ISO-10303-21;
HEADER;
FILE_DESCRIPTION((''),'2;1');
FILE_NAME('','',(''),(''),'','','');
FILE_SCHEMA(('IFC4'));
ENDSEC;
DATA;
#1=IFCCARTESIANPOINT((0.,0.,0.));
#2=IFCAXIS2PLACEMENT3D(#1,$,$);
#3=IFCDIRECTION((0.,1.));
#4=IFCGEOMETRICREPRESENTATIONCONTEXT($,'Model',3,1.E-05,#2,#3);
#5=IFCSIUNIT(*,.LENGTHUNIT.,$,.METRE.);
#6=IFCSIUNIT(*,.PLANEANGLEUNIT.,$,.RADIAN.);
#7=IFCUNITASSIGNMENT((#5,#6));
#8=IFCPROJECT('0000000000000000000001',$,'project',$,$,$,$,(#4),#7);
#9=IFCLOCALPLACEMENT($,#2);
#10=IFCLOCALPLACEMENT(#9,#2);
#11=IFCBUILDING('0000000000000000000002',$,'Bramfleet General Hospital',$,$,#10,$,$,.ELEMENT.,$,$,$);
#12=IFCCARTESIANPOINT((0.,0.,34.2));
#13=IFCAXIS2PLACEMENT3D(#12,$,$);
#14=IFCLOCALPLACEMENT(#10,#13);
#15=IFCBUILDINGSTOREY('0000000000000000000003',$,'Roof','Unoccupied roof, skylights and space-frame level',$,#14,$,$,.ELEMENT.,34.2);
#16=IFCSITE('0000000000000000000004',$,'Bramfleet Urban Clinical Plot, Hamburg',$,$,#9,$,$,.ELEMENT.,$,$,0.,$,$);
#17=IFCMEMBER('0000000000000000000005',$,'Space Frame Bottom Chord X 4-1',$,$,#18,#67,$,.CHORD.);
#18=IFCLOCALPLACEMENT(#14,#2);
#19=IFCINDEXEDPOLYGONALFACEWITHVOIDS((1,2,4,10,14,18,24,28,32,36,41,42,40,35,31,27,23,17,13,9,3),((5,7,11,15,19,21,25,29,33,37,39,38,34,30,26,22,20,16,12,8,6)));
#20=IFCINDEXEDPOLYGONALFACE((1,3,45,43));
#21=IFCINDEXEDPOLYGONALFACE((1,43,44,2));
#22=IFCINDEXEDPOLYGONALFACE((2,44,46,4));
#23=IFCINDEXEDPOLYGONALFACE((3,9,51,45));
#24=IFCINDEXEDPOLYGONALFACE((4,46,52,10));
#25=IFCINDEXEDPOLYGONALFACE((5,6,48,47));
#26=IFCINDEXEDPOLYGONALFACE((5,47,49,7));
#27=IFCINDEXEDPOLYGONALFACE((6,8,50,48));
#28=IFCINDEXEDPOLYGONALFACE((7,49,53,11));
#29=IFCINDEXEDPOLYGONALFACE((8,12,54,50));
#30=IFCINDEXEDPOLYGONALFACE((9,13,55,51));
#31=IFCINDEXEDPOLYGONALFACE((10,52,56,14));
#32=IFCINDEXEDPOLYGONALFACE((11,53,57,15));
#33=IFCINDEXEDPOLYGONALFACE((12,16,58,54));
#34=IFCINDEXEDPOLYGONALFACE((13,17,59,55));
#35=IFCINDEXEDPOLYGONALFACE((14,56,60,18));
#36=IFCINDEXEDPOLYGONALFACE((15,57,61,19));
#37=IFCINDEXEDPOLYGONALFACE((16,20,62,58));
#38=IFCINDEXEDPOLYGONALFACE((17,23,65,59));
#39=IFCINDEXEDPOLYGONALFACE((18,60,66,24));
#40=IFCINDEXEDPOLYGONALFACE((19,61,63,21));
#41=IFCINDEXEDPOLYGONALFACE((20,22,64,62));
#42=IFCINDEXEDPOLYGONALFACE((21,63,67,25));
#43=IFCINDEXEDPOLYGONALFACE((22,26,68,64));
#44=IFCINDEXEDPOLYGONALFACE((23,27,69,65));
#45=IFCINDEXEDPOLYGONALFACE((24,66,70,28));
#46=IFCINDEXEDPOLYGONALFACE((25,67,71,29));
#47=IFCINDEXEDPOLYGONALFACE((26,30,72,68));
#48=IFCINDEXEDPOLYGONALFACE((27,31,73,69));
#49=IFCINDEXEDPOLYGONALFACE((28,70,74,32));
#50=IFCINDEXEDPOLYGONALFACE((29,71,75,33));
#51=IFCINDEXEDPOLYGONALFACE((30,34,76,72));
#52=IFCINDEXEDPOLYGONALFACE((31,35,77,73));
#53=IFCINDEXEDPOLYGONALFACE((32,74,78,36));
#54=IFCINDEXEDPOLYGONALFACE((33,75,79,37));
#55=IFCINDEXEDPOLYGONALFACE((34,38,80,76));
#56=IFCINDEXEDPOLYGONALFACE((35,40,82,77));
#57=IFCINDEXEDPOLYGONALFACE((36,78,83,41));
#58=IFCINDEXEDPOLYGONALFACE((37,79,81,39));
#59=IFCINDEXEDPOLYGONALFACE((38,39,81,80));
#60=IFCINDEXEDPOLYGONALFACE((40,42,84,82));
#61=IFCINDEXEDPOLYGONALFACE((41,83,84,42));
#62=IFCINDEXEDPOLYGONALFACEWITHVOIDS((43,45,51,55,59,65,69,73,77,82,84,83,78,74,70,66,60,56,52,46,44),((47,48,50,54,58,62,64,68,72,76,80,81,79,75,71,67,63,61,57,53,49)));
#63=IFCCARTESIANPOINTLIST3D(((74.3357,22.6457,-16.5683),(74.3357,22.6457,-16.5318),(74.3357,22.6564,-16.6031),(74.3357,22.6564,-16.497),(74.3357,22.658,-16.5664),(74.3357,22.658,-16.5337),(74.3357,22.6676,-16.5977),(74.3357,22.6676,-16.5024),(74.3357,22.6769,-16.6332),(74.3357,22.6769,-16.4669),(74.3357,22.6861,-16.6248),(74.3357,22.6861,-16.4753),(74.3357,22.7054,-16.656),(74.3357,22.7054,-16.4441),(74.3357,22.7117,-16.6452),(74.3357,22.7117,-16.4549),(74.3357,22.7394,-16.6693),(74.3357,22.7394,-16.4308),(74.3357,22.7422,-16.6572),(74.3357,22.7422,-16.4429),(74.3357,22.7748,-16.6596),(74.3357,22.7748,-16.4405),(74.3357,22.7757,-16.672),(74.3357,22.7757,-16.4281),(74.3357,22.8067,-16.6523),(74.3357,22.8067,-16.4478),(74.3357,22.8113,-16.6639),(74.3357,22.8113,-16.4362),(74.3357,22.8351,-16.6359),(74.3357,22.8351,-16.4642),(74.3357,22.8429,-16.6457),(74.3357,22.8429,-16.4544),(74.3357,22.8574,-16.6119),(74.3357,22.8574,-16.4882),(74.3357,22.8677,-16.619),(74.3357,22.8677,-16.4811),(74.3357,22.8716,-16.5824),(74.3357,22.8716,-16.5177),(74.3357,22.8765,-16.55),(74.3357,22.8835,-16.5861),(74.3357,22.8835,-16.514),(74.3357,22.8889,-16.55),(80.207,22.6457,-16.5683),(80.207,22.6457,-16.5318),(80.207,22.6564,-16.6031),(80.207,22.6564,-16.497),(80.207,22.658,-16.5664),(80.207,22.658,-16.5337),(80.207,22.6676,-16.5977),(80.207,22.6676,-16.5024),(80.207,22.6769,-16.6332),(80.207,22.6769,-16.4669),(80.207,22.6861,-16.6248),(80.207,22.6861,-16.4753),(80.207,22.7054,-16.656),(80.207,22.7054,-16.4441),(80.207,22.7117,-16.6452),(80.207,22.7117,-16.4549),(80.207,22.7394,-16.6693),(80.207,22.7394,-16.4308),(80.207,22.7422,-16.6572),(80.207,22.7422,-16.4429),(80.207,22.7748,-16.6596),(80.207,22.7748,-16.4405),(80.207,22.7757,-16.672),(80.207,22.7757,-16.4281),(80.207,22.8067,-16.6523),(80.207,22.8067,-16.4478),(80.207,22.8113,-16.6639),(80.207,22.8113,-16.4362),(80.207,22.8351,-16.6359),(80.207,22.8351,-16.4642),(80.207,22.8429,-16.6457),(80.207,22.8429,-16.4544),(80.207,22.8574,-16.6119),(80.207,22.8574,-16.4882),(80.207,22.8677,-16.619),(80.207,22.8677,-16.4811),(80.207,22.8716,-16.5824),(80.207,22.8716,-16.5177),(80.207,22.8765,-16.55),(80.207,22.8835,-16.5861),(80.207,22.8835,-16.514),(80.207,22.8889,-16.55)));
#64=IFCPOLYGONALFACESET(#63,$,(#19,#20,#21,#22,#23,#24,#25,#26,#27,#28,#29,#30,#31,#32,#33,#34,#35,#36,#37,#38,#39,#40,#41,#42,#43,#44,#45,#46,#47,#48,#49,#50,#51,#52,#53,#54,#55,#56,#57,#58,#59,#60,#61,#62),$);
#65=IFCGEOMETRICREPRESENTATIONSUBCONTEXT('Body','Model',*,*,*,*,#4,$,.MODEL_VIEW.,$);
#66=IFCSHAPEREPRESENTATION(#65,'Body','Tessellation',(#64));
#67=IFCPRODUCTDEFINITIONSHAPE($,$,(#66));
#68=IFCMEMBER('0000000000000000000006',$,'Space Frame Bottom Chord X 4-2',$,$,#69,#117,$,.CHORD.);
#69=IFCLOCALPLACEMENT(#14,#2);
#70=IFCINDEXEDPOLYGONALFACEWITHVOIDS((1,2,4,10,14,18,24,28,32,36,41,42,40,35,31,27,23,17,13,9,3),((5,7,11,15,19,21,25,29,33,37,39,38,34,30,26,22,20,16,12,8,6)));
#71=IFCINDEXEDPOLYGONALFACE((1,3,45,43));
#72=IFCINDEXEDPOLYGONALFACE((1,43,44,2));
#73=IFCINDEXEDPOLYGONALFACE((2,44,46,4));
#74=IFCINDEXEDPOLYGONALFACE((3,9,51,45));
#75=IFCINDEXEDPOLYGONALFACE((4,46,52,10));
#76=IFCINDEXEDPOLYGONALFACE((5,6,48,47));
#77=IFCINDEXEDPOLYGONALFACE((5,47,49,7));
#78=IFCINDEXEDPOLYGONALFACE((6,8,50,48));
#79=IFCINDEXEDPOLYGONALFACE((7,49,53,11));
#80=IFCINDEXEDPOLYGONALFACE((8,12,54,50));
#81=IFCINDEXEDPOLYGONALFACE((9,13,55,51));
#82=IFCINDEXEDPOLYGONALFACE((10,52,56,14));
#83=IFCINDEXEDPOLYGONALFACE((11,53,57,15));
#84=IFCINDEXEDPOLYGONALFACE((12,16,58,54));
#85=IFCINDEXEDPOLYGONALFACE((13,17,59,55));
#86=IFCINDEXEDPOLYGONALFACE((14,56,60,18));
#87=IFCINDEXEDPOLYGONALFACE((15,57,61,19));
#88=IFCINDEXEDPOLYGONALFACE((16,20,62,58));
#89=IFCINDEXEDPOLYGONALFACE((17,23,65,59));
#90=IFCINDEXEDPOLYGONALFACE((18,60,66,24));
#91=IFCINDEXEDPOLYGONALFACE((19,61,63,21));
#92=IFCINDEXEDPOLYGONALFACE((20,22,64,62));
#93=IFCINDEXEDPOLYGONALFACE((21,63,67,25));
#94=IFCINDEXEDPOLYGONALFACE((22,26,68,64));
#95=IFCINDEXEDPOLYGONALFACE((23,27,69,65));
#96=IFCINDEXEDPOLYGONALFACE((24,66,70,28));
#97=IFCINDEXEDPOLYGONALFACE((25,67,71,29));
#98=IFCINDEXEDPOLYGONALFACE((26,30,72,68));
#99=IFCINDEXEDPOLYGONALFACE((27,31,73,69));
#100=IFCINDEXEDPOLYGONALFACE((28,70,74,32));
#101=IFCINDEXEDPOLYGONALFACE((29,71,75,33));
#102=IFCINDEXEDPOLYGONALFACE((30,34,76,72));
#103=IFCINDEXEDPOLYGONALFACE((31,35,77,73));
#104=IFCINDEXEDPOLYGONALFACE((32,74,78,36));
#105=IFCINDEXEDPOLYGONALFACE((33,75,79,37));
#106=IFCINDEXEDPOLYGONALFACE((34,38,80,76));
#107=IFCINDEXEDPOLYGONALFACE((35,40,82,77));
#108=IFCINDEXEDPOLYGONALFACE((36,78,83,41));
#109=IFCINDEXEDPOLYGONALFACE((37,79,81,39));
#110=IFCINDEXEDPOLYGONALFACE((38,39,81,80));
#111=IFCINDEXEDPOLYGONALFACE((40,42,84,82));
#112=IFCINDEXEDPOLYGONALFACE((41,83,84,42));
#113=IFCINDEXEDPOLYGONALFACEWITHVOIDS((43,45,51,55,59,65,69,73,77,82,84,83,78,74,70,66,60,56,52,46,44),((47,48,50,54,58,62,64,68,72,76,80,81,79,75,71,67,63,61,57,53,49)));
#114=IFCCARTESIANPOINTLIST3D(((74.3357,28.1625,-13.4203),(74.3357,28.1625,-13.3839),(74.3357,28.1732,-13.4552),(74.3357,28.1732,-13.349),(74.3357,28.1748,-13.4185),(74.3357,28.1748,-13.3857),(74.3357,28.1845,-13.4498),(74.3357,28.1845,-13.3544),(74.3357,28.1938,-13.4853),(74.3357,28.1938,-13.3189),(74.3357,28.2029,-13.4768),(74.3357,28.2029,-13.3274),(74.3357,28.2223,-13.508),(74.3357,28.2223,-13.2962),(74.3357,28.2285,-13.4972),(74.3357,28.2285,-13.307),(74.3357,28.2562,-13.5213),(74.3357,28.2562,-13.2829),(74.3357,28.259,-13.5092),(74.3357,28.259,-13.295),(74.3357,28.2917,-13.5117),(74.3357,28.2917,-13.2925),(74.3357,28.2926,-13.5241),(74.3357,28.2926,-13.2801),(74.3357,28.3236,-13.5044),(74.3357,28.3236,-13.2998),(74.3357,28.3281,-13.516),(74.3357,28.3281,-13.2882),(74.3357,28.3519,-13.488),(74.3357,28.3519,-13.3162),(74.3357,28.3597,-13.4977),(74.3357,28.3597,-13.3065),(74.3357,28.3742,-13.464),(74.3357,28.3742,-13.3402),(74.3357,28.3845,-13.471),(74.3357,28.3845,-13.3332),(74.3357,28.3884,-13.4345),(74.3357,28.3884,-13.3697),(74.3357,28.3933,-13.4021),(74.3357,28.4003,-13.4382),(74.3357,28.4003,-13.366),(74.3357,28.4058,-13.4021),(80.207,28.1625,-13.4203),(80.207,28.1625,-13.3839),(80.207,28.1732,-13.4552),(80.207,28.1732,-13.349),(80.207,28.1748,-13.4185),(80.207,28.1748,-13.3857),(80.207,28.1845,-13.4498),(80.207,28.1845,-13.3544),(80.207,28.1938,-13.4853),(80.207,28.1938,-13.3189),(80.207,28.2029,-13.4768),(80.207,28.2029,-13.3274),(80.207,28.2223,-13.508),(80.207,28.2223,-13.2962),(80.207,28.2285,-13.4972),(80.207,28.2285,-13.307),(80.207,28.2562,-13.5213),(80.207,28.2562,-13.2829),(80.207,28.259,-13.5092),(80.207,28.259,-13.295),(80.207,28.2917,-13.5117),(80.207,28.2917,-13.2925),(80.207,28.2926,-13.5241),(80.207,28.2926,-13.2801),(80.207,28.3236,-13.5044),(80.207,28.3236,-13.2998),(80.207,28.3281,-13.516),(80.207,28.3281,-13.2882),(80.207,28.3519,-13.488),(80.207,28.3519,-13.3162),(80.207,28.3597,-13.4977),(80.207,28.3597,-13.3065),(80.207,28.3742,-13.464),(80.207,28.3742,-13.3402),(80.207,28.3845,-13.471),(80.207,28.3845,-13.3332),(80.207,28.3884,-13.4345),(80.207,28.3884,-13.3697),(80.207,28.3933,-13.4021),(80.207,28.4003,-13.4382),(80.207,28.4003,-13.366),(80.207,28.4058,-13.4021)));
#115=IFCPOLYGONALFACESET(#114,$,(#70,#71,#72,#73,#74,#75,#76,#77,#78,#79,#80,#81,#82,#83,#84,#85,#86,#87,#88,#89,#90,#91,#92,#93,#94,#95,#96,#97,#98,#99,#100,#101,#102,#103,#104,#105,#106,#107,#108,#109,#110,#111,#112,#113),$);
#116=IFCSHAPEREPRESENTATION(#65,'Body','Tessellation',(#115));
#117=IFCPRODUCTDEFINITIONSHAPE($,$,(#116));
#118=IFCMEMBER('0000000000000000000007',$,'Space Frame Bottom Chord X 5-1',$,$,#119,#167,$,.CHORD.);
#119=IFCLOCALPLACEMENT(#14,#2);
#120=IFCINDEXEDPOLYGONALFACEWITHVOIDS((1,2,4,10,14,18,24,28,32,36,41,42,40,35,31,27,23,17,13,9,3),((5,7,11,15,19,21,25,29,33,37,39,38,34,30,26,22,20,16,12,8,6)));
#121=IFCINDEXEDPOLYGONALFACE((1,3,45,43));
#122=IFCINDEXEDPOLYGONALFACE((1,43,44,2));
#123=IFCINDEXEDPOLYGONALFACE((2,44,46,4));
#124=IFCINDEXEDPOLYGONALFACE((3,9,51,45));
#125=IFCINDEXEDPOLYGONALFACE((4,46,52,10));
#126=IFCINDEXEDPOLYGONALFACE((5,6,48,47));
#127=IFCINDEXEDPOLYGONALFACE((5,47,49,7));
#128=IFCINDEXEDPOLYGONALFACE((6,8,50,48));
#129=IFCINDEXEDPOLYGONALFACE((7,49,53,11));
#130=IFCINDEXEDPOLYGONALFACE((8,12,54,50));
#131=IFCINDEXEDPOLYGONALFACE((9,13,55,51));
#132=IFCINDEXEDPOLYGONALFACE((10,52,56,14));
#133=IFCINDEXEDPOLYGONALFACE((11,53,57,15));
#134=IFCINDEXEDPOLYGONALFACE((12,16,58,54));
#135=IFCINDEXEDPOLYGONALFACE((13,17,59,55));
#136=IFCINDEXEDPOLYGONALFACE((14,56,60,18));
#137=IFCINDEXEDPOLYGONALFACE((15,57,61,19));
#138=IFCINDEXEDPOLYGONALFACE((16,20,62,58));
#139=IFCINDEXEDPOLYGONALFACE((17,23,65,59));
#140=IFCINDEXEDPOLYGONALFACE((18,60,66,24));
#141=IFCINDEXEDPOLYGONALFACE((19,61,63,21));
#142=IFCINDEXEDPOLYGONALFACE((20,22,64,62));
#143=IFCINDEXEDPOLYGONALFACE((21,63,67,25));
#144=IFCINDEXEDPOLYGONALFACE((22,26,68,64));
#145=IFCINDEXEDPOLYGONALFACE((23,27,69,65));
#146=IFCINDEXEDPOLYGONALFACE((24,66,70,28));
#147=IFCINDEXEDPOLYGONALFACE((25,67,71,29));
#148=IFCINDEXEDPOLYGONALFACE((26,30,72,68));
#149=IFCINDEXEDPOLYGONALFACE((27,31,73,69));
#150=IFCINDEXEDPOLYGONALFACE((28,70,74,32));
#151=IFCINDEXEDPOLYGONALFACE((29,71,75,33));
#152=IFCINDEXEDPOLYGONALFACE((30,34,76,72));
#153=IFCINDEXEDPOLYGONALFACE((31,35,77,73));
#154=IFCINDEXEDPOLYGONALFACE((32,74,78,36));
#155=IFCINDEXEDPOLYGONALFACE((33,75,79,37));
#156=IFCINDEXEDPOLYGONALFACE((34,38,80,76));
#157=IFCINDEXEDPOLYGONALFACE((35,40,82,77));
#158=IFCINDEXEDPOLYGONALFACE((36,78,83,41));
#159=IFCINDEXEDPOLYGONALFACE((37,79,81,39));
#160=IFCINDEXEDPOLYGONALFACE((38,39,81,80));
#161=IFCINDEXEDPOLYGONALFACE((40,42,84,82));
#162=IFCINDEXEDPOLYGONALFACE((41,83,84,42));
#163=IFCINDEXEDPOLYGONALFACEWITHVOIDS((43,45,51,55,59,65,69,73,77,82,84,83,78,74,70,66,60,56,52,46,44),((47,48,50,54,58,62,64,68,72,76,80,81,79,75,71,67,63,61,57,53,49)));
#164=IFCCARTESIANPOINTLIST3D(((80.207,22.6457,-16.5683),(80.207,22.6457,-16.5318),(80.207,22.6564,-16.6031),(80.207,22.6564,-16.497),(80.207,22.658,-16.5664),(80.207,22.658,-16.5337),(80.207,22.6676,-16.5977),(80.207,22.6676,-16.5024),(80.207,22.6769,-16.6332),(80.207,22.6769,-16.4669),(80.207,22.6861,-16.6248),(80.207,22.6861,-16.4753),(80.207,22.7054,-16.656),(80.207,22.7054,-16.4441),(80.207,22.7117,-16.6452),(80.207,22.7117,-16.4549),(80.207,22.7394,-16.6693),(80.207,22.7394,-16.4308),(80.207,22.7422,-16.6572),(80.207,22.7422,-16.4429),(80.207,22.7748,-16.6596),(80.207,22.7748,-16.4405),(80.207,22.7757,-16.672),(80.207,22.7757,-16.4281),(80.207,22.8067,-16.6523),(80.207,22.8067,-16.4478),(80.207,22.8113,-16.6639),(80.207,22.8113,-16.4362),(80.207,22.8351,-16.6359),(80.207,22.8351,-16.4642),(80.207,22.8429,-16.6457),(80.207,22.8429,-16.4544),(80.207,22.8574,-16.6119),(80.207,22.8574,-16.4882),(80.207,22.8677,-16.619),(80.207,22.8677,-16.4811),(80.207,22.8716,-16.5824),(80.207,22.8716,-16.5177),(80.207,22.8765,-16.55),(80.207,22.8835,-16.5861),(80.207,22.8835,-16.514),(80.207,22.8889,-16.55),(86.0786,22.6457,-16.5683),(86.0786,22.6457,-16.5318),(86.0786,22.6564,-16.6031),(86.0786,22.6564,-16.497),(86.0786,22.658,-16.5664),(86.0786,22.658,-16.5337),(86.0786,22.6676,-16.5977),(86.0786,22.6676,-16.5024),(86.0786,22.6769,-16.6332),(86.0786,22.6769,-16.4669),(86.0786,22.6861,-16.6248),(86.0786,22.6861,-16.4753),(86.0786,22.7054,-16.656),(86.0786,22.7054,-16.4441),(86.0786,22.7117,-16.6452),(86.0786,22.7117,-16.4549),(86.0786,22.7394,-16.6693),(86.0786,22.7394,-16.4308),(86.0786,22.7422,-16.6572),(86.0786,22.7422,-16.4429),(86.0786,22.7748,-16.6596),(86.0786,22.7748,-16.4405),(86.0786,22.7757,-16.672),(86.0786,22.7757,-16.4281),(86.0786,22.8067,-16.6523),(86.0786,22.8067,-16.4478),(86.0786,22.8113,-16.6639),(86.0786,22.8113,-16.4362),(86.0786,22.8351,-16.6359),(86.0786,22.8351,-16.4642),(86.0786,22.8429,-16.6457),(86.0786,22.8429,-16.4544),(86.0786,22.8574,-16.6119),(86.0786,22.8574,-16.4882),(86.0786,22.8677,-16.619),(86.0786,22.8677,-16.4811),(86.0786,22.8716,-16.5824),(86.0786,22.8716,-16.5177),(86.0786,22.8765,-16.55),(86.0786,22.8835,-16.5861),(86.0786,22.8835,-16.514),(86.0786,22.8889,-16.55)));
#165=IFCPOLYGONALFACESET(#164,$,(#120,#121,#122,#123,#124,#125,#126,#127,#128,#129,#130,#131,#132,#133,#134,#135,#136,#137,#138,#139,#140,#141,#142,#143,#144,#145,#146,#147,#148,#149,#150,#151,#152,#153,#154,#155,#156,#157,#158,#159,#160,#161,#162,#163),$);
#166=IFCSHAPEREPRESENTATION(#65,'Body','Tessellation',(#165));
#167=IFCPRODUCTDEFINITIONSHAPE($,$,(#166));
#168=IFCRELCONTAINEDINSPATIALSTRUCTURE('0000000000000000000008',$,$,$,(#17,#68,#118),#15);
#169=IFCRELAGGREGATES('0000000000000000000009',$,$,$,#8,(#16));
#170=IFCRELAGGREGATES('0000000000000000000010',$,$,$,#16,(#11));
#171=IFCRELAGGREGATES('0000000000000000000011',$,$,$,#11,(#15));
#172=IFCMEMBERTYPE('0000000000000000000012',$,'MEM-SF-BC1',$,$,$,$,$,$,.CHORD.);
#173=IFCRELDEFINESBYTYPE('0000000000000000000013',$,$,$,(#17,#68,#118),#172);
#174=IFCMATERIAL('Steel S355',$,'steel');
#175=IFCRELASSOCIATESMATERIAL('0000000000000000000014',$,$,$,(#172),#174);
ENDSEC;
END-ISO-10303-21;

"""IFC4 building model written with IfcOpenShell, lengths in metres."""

from ifc_helpers import new_model, si_unit, direction, frame, origin, origin_2d, place, context, subcontext, project, spatial, hollow_circle, extrude, material, material_profile, profile_set, type_object, element, save


model = new_model("IFC4")

# Units and contexts
model_context = context("Model", 3, precision=1e-05, world=origin(), true_north=direction((0.0, 1.0)))
body_context = subcontext(model_context, "Body", "Model", "MODEL_VIEW")
ifc_project = project(units=[si_unit("LENGTHUNIT", "METRE"), si_unit("PLANEANGLEUNIT", "RADIAN")], contexts=[model_context])

# Site, building, storey
site_placement = place(None, origin())
site = spatial("IfcSite", under=ifc_project, at=site_placement, Name="Bramfleet Urban Clinical Plot, Hamburg", CompositionType="ELEMENT", RefElevation=0.0)
building_placement = place(site_placement, origin())
building = spatial("IfcBuilding", under=site, at=building_placement, Name="Bramfleet General Hospital", CompositionType="ELEMENT")
storey_placement = place(building_placement, frame((0.0, 0.0, 34.2)))
storey = spatial("IfcBuildingStorey", under=building, at=storey_placement, Name="Roof", Description="Unoccupied roof, skylights and space-frame level", CompositionType="ELEMENT", Elevation=34.2)

# Members
ifc_material = material(Name="Steel S355", Category="steel")
ifc_material_profile_1 = material_profile(ifc_material, hollow_circle(Radius=0.1223, WallThickness=0.0125, at=origin_2d()), Name="CHS 244.5x12.5")
ifc_profile_set_1 = profile_set([ifc_material_profile_1], Name="Steel S355")
member_type_1 = type_object("IfcMemberType", Name="MEM-SF-BC1", PredefinedType="CHORD", material=ifc_profile_set_1)
for number, where, z_axis, x_axis, name in (
    (1, (74.3357, 22.7666, -16.55), (1.0, 0.0, 0.0), (0.0, 1.0, 0.0), "Space Frame Bottom Chord X 4-1"),
    (2, (74.3357, 28.2834, -13.4021), (1.0, 0.0, 0.0), (0.0, 1.0, 0.0), "Space Frame Bottom Chord X 4-2"),
):
    element("IfcMember", number, at=place(storey_placement, frame(where, z_axis=z_axis, x_axis=x_axis)), inside=storey, type_object=member_type_1, Name=name, PredefinedType="CHORD", context=body_context, shape_type="SweptSolid", body=[
        extrude(hollow_circle(Radius=0.1223, WallThickness=0.0125, at=origin_2d()), origin(), (0.0, 0.0, 1.0), 5.8713),
    ])
for number, where, z_axis, x_axis, name in (
    (3, (80.207, 22.7666, -16.55), (1.0, 0.0, 0.0), (0.0, 1.0, 0.0), "Space Frame Bottom Chord X 5-1"),
):
    element("IfcMember", number, at=place(storey_placement, frame(where, z_axis=z_axis, x_axis=x_axis)), inside=storey, type_object=member_type_1, Name=name, PredefinedType="CHORD", context=body_context, shape_type="SweptSolid", body=[
        extrude(hollow_circle(Radius=0.1223, WallThickness=0.0125, at=origin_2d()), origin(), (0.0, 0.0, 1.0), 5.8716),
    ])

save(model, "model.ifc")
